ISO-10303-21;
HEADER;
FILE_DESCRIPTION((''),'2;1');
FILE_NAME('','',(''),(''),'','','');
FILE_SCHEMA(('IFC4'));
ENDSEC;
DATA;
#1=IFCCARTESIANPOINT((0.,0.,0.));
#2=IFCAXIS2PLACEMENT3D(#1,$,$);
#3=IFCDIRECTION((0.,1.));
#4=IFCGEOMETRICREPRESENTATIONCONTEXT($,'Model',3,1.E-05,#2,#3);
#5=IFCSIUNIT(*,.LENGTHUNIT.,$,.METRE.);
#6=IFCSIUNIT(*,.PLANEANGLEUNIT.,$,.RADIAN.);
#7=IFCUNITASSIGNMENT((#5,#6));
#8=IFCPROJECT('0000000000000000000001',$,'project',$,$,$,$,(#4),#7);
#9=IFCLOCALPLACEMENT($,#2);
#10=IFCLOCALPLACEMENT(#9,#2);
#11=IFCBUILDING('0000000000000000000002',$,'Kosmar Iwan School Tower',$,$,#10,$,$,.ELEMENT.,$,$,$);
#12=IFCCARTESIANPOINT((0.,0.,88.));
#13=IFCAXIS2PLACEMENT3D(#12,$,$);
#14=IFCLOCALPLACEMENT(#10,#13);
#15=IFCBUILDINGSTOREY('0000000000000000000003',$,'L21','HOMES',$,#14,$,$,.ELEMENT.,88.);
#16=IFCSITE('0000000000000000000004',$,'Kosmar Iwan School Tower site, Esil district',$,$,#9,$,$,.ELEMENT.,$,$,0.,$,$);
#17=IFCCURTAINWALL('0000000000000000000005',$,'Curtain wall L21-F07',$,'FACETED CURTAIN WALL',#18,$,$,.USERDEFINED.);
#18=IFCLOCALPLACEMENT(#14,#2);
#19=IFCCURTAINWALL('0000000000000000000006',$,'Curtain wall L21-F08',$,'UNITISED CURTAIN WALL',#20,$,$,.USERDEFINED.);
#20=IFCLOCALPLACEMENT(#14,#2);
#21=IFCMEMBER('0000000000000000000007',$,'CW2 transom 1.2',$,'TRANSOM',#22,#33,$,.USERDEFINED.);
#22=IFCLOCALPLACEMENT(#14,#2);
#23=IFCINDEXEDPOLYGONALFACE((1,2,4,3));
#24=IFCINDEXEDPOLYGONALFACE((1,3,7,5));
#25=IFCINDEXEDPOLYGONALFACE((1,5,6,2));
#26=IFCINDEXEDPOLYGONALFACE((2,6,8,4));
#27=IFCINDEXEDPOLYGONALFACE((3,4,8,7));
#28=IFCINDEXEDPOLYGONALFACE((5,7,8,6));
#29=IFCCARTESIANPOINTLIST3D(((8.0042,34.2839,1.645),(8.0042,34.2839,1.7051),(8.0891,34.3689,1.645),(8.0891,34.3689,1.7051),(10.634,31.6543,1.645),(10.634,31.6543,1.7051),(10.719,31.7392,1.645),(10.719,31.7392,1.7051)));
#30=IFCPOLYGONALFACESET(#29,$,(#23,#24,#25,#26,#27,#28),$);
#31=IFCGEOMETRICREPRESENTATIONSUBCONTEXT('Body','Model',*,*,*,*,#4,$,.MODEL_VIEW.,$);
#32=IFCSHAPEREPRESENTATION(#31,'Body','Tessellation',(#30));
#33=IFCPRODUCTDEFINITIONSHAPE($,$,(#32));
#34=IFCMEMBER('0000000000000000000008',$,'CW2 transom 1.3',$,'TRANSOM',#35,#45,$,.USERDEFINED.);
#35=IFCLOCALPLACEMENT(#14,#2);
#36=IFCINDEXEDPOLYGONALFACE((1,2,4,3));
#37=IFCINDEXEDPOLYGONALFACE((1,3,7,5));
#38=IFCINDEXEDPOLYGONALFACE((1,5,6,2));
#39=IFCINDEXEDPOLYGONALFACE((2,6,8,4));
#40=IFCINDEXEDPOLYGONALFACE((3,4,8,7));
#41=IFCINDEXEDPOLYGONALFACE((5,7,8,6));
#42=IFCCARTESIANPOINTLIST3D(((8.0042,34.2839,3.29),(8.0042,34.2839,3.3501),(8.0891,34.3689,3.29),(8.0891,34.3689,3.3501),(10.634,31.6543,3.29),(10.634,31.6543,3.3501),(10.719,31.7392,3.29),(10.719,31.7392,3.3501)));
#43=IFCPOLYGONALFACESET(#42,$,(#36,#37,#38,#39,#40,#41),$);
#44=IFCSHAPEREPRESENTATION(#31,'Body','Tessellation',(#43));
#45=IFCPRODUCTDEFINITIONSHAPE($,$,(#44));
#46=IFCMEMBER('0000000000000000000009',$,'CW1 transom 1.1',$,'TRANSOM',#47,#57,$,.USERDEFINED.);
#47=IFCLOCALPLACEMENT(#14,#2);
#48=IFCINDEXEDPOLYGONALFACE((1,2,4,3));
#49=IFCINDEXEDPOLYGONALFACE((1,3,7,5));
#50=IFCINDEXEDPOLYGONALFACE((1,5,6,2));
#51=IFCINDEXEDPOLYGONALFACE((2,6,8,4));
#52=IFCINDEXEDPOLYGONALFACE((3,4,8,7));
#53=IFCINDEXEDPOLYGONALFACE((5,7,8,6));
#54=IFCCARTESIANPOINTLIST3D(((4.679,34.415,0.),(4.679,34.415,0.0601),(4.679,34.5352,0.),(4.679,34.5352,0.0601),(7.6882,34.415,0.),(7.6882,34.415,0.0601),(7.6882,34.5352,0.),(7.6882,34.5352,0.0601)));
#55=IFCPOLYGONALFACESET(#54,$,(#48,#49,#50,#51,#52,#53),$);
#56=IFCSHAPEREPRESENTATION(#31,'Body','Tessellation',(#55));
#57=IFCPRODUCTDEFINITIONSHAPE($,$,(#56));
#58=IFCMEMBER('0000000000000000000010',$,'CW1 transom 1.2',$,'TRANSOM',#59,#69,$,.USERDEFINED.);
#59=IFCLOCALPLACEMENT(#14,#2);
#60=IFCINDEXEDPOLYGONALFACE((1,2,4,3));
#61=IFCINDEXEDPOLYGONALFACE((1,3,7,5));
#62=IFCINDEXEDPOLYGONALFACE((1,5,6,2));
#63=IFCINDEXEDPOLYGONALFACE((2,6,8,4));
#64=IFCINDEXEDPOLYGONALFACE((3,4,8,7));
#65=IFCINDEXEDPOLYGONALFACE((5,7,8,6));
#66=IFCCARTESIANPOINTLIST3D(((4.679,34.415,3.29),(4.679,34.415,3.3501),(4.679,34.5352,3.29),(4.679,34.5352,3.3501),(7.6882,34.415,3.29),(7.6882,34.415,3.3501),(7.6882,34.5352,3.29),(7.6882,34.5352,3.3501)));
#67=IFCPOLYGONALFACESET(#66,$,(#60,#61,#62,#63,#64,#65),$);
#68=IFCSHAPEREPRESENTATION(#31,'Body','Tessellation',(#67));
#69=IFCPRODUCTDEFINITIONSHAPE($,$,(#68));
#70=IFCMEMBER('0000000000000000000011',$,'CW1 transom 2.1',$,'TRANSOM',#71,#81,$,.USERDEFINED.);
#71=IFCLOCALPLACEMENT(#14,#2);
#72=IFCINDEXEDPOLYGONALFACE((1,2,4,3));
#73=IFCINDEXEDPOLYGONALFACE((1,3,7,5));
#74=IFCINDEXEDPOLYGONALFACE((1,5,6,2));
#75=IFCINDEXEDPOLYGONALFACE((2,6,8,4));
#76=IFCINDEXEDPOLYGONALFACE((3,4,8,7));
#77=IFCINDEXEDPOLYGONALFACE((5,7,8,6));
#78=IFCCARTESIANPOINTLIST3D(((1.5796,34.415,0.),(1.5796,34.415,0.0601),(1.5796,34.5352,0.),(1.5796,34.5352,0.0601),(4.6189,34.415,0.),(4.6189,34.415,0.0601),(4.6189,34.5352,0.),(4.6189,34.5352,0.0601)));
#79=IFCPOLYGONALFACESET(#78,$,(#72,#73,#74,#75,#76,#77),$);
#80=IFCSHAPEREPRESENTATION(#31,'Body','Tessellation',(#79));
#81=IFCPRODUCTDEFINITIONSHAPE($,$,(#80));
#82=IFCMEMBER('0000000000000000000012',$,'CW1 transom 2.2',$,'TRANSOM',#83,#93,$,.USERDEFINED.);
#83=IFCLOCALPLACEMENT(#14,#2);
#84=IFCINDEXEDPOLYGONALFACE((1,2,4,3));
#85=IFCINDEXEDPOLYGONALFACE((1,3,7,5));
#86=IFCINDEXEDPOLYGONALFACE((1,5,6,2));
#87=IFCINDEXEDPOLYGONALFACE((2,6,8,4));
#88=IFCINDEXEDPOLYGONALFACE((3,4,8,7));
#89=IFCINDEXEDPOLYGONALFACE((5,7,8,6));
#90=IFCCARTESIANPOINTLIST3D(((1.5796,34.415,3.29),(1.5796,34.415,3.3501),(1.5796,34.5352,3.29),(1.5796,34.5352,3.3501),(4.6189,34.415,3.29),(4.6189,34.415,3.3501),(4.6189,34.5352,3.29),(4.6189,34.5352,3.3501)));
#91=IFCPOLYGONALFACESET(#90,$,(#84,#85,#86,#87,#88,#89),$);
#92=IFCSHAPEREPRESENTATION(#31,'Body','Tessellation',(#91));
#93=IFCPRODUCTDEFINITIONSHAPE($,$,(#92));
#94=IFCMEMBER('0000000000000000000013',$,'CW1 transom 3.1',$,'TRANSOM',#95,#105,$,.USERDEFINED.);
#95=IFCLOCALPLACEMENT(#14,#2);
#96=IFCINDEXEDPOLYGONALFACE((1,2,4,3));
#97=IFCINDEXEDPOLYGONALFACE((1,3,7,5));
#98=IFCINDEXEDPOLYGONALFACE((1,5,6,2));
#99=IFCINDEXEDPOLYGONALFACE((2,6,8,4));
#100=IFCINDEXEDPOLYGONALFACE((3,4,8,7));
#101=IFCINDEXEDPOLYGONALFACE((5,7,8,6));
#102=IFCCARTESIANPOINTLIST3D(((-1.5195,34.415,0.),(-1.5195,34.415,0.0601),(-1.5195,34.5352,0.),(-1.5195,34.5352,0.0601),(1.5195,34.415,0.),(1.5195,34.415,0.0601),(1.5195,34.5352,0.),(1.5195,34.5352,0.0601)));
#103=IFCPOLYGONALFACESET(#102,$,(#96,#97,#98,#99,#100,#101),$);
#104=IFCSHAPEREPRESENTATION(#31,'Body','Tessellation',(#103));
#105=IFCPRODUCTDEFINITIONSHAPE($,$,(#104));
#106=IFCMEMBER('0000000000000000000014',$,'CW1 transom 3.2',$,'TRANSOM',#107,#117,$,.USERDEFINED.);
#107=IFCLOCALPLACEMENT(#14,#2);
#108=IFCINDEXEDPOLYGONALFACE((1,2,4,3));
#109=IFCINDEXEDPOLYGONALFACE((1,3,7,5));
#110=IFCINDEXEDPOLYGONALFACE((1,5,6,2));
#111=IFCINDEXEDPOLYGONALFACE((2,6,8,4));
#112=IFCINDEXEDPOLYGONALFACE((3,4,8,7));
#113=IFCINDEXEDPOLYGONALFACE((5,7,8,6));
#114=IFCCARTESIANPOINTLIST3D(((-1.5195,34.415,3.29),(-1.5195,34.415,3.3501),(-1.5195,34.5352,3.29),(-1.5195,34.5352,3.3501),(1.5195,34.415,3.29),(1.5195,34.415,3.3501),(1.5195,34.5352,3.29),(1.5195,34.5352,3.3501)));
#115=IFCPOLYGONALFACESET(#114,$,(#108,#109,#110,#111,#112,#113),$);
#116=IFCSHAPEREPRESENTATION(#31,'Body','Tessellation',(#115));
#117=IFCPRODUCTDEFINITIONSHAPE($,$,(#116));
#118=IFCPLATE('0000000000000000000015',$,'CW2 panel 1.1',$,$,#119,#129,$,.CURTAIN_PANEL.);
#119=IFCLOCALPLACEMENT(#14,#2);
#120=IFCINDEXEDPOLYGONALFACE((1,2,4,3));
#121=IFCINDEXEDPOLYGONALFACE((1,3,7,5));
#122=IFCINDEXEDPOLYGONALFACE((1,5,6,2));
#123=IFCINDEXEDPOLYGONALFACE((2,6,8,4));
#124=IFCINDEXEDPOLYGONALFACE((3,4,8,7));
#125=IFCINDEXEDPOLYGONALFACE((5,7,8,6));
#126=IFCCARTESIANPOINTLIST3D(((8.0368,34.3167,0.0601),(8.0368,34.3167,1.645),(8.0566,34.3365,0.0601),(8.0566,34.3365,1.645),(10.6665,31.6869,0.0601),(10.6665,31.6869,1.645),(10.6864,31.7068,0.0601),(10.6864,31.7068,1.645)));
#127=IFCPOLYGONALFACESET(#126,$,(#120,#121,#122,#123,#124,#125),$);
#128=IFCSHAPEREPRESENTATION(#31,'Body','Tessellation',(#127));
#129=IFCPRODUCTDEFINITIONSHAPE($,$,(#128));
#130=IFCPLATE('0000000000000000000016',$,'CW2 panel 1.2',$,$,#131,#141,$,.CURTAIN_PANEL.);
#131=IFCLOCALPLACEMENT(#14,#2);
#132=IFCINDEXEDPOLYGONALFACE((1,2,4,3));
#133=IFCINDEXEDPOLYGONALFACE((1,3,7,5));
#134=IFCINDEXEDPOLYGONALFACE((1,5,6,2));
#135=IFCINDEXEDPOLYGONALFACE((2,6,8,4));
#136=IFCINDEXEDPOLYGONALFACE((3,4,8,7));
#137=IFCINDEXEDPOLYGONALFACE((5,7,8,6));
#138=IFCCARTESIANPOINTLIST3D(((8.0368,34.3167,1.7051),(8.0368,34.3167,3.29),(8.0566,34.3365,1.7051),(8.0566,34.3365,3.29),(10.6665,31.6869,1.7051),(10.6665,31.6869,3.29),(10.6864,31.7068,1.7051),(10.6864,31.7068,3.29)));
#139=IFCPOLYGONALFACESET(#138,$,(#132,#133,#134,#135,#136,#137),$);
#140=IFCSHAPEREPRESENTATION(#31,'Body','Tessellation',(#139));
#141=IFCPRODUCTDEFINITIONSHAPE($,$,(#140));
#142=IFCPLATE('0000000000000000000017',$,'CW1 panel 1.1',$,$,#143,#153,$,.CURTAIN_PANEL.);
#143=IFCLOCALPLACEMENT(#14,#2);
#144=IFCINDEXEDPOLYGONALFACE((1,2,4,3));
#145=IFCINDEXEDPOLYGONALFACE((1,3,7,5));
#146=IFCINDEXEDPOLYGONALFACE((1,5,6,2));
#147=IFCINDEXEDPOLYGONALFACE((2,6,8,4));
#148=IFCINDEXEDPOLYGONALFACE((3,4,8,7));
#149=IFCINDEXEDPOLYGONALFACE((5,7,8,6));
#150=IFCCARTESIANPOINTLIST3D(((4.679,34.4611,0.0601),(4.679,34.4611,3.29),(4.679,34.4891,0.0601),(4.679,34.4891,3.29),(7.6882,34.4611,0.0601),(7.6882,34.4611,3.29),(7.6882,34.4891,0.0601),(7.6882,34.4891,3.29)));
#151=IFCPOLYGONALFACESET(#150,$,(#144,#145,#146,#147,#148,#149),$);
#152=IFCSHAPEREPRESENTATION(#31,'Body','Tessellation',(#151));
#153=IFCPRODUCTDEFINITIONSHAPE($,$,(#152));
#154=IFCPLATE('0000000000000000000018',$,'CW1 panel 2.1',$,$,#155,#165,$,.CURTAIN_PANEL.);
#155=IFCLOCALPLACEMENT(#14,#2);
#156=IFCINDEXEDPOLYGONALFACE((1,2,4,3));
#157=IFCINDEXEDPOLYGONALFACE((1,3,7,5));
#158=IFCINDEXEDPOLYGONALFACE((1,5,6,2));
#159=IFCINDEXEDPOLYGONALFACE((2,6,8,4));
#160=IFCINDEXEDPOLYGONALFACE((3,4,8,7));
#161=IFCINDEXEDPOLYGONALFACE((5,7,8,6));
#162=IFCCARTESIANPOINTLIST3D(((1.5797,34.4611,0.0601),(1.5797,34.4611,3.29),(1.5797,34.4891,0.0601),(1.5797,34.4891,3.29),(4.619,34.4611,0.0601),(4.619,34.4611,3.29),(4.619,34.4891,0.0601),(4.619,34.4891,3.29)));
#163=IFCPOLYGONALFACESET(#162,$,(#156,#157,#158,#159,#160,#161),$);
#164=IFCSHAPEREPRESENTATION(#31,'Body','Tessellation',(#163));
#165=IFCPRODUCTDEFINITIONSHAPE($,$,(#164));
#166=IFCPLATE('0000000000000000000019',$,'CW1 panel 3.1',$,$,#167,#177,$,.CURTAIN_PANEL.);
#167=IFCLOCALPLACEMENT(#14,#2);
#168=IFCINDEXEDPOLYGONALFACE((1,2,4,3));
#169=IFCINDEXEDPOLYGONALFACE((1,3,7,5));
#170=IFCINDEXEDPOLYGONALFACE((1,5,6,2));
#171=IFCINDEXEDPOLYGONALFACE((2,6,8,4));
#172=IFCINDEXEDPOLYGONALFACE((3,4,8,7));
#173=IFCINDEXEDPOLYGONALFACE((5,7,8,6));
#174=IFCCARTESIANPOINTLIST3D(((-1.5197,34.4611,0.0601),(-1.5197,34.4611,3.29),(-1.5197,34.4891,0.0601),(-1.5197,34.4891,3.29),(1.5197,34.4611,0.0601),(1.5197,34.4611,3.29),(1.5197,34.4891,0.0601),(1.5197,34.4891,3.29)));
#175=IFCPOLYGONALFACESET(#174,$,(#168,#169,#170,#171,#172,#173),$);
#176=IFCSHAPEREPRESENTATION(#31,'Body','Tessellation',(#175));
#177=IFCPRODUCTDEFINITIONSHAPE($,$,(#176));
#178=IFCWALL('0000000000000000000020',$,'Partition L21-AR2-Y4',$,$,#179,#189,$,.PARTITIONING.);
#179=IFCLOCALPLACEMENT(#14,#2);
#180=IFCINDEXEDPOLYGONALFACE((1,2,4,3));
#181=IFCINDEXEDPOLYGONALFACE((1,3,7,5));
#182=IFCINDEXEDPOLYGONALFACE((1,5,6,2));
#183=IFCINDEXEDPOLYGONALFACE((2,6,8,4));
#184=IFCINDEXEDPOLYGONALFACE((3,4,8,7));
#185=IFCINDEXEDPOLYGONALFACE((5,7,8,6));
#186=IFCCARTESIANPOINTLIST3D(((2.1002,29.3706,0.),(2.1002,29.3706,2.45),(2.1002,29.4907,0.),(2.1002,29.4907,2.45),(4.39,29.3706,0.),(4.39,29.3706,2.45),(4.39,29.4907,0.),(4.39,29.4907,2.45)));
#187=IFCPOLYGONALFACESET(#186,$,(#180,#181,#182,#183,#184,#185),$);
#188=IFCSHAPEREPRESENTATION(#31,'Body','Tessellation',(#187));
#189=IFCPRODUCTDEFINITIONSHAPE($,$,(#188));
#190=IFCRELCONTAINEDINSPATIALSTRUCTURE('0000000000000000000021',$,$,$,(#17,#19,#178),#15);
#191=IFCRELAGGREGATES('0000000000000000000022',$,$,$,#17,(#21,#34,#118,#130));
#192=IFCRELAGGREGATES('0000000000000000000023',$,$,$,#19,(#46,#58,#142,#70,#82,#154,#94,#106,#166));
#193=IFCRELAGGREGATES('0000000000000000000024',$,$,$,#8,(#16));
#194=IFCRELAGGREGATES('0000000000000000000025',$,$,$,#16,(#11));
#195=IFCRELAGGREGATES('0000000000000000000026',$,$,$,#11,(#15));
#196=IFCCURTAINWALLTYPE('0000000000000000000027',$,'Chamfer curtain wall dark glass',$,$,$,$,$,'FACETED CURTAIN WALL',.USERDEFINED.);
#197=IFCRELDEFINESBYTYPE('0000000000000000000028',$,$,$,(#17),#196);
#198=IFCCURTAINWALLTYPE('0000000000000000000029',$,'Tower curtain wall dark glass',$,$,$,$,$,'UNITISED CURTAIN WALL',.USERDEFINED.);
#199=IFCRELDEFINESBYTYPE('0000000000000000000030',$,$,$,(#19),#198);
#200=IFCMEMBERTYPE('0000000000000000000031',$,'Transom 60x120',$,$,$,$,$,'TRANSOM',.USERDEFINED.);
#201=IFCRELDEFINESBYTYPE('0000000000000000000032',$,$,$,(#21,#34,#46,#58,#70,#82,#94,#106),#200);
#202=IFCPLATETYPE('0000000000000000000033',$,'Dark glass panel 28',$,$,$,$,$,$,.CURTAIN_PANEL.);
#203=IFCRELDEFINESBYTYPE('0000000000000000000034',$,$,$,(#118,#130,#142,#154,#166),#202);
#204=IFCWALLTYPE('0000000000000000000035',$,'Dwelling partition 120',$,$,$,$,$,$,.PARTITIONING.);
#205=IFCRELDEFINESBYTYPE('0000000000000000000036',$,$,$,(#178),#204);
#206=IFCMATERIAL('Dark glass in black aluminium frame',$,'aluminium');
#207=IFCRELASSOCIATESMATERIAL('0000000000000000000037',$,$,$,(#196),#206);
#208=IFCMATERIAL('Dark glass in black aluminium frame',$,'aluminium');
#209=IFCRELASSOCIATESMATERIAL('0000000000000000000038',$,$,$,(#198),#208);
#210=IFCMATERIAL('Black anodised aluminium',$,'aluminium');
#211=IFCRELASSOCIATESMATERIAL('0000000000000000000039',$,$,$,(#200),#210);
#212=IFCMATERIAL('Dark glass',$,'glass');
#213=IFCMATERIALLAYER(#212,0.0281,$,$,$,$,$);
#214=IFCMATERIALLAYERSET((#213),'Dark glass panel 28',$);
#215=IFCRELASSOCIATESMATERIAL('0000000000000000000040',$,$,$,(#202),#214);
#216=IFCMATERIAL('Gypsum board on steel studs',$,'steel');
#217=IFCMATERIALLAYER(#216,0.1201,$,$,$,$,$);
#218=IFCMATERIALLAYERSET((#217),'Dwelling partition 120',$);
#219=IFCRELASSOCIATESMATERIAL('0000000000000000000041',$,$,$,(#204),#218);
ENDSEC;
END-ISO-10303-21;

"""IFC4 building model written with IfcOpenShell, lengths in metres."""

from ifc_helpers import new_model, si_unit, direction, frame, frame_2d, origin, origin_2d, place, context, subcontext, project, spatial, rectangle, extrude, material, layer, layer_set, material_profile, profile_set, type_object, element, aggregate, save


model = new_model("IFC4")

# Units and contexts
model_context = context("Model", 3, precision=1e-05, world=origin(), true_north=direction((0.0, 1.0)))
body_context = subcontext(model_context, "Body", "Model", "MODEL_VIEW")
ifc_project = project(units=[si_unit("LENGTHUNIT", "METRE"), si_unit("PLANEANGLEUNIT", "RADIAN")], contexts=[model_context])

# Site, building, storey
site_placement = place(None, origin())
site = spatial("IfcSite", under=ifc_project, at=site_placement, Name="Kosmar Iwan School Tower site, Esil district", CompositionType="ELEMENT", RefElevation=0.0)
building_placement = place(site_placement, origin())
building = spatial("IfcBuilding", under=site, at=building_placement, Name="Kosmar Iwan School Tower", CompositionType="ELEMENT")
storey_placement = place(building_placement, frame((0.0, 0.0, 88.0)))
storey = spatial("IfcBuildingStorey", under=building, at=storey_placement, Name="L21", Description="HOMES", CompositionType="ELEMENT", Elevation=88.0)

# Curtain walls
ifc_material_1 = material(Name="Dark glass in black aluminium frame", Category="aluminium")
curtain_wall_type_1 = type_object("IfcCurtainWallType", Name="Chamfer curtain wall dark glass", ElementType="FACETED CURTAIN WALL", PredefinedType="USERDEFINED", material=ifc_material_1)
curtain_wall_1_placement = place(storey_placement, origin())
curtain_wall_1 = element("IfcCurtainWall", 1, at=curtain_wall_1_placement, inside=storey, type_object=curtain_wall_type_1, Name="Curtain wall L21-F07", ObjectType="FACETED CURTAIN WALL", PredefinedType="USERDEFINED")
ifc_material_2 = material(Name="Dark glass in black aluminium frame", Category="aluminium")
curtain_wall_type_2 = type_object("IfcCurtainWallType", Name="Tower curtain wall dark glass", ElementType="UNITISED CURTAIN WALL", PredefinedType="USERDEFINED", material=ifc_material_2)
curtain_wall_2_placement = place(storey_placement, origin())
curtain_wall_2 = element("IfcCurtainWall", 2, at=curtain_wall_2_placement, inside=storey, type_object=curtain_wall_type_2, Name="Curtain wall L21-F08", ObjectType="UNITISED CURTAIN WALL", PredefinedType="USERDEFINED")

# Members
ifc_material_3 = material(Name="Black anodised aluminium", Category="aluminium")
ifc_material_profile_1 = material_profile(ifc_material_3, rectangle(XDim=0.1201, YDim=0.0601, at=origin_2d()), Name="TRANSOM 60x120")
ifc_profile_set_1 = profile_set([ifc_material_profile_1], Name="Black anodised aluminium")
member_type_1 = type_object("IfcMemberType", Name="Transom 60x120", ElementType="TRANSOM", PredefinedType="USERDEFINED", material=ifc_profile_set_1)
member_1_placement = place(storey_placement, frame((10.6765, 31.6968, 1.675), z_axis=(-0.70714, 0.707074, 0.0), x_axis=(-0.707074, -0.70714, 0.0)))
member_1 = element("IfcMember", 3, at=member_1_placement, type_object=member_type_1, Name="CW2 transom 1.2", ObjectType="TRANSOM", PredefinedType="USERDEFINED", context=body_context, shape_type="SweptSolid", body=[
    extrude(rectangle(XDim=0.1201, YDim=0.0601, at=origin_2d()), origin(), (0.0, 0.0, 1.0), 3.719),
])
member_2_placement = place(storey_placement, frame((10.6765, 31.6968, 3.3201), z_axis=(-0.70714, 0.707074, 0.0), x_axis=(-0.707074, -0.70714, 0.0)))
member_2 = element("IfcMember", 4, at=member_2_placement, type_object=member_type_1, Name="CW2 transom 1.3", ObjectType="TRANSOM", PredefinedType="USERDEFINED", context=body_context, shape_type="SweptSolid", body=[
    extrude(rectangle(XDim=0.1201, YDim=0.0601, at=origin_2d()), origin(), (0.0, 0.0, 1.0), 3.719),
])
member_3_placement = place(storey_placement, frame((7.6882, 34.4751, 0.03), z_axis=(-1.0, 0.0, 0.0), x_axis=(0.0, -1.0, 0.0)))
member_3 = element("IfcMember", 5, at=member_3_placement, type_object=member_type_1, Name="CW1 transom 1.1", ObjectType="TRANSOM", PredefinedType="USERDEFINED", context=body_context, shape_type="SweptSolid", body=[
    extrude(rectangle(XDim=0.1201, YDim=0.0601, at=origin_2d()), origin(), (0.0, 0.0, 1.0), 3.0093),
])
member_4_placement = place(storey_placement, frame((7.6882, 34.4751, 3.3201), z_axis=(-1.0, 0.0, 0.0), x_axis=(0.0, -1.0, 0.0)))
member_4 = element("IfcMember", 6, at=member_4_placement, type_object=member_type_1, Name="CW1 transom 1.2", ObjectType="TRANSOM", PredefinedType="USERDEFINED", context=body_context, shape_type="SweptSolid", body=[
    extrude(rectangle(XDim=0.1201, YDim=0.0601, at=origin_2d()), origin(), (0.0, 0.0, 1.0), 3.0093),
])
member_5_placement = place(storey_placement, frame((4.6189, 34.4751, 0.03), z_axis=(-1.0, 0.0, 0.0), x_axis=(0.0, -1.0, 0.0)))
member_5 = element("IfcMember", 7, at=member_5_placement, type_object=member_type_1, Name="CW1 transom 2.1", ObjectType="TRANSOM", PredefinedType="USERDEFINED", context=body_context, shape_type="SweptSolid", body=[
    extrude(rectangle(XDim=0.1201, YDim=0.0601, at=origin_2d()), origin(), (0.0, 0.0, 1.0), 3.0393),
])
member_6_placement = place(storey_placement, frame((4.6189, 34.4751, 3.3201), z_axis=(-1.0, 0.0, 0.0), x_axis=(0.0, -1.0, 0.0)))
member_6 = element("IfcMember", 8, at=member_6_placement, type_object=member_type_1, Name="CW1 transom 2.2", ObjectType="TRANSOM", PredefinedType="USERDEFINED", context=body_context, shape_type="SweptSolid", body=[
    extrude(rectangle(XDim=0.1201, YDim=0.0601, at=origin_2d()), origin(), (0.0, 0.0, 1.0), 3.0393),
])
member_7_placement = place(storey_placement, frame((1.5195, 34.4751, 0.03), z_axis=(-1.0, 0.0, 0.0), x_axis=(0.0, -1.0, 0.0)))
member_7 = element("IfcMember", 9, at=member_7_placement, type_object=member_type_1, Name="CW1 transom 3.1", ObjectType="TRANSOM", PredefinedType="USERDEFINED", context=body_context, shape_type="SweptSolid", body=[
    extrude(rectangle(XDim=0.1201, YDim=0.0601, at=origin_2d()), origin(), (0.0, 0.0, 1.0), 3.0391),
])
member_8_placement = place(storey_placement, frame((1.5195, 34.4751, 3.3201), z_axis=(-1.0, 0.0, 0.0), x_axis=(0.0, -1.0, 0.0)))
member_8 = element("IfcMember", 10, at=member_8_placement, type_object=member_type_1, Name="CW1 transom 3.2", ObjectType="TRANSOM", PredefinedType="USERDEFINED", context=body_context, shape_type="SweptSolid", body=[
    extrude(rectangle(XDim=0.1201, YDim=0.0601, at=origin_2d()), origin(), (0.0, 0.0, 1.0), 3.0391),
])

# Plates
ifc_material_4 = material(Name="Dark glass", Category="glass")
ifc_layer_1 = layer(ifc_material_4, 0.0281)
ifc_layer_set_1 = layer_set([ifc_layer_1], Name="Dark glass panel 28")
plate_type = type_object("IfcPlateType", Name="Dark glass panel 28", PredefinedType="CURTAIN_PANEL", material=ifc_layer_set_1)
plate_1_placement = place(storey_placement, frame((9.3616, 33.0117, 0.0601), z_axis=(0.0, 0.0, 1.0), x_axis=(-0.707107, 0.707107, 0.0)))
plate_1 = element("IfcPlate", 11, at=plate_1_placement, type_object=plate_type, Name="CW2 panel 1.1", PredefinedType="CURTAIN_PANEL", context=body_context, shape_type="SweptSolid", body=[
    extrude(rectangle(XDim=3.719, YDim=0.0281, at=origin_2d()), origin(), (0.0, 0.0, 1.0), 1.585),
])
plate_2_placement = place(storey_placement, frame((9.3616, 33.0117, 1.7051), z_axis=(0.0, 0.0, 1.0), x_axis=(-0.707107, 0.707107, 0.0)))
plate_2 = element("IfcPlate", 12, at=plate_2_placement, type_object=plate_type, Name="CW2 panel 1.2", PredefinedType="CURTAIN_PANEL", context=body_context, shape_type="SweptSolid", body=[
    extrude(rectangle(XDim=3.719, YDim=0.0281, at=origin_2d()), origin(), (0.0, 0.0, 1.0), 1.585),
])
aggregate(curtain_wall_1, [member_1, member_2, plate_1, plate_2])
plate_3_placement = place(storey_placement, frame((6.1836, 34.4751, 0.0601), z_axis=(0.0, 0.0, 1.0), x_axis=(-1.0, 0.0, 0.0)))
plate_3 = element("IfcPlate", 13, at=plate_3_placement, type_object=plate_type, Name="CW1 panel 1.1", PredefinedType="CURTAIN_PANEL", context=body_context, shape_type="SweptSolid", body=[
    extrude(rectangle(XDim=3.0093, YDim=0.0281, at=origin_2d()), origin(), (0.0, 0.0, 1.0), 3.23),
])
plate_4_placement = place(storey_placement, frame((3.0994, 34.4751, 0.0601), z_axis=(0.0, 0.0, 1.0), x_axis=(-1.0, 0.0, 0.0)))
plate_4 = element("IfcPlate", 14, at=plate_4_placement, type_object=plate_type, Name="CW1 panel 2.1", PredefinedType="CURTAIN_PANEL", context=body_context, shape_type="SweptSolid", body=[
    extrude(rectangle(XDim=3.0393, YDim=0.0281, at=origin_2d()), origin(), (0.0, 0.0, 1.0), 3.23),
])
plate_5_placement = place(storey_placement, frame((0.0, 34.4751, 0.0601), z_axis=(0.0, 0.0, 1.0), x_axis=(-1.0, 0.0, 0.0)))
plate_5 = element("IfcPlate", 15, at=plate_5_placement, type_object=plate_type, Name="CW1 panel 3.1", PredefinedType="CURTAIN_PANEL", context=body_context, shape_type="SweptSolid", body=[
    extrude(rectangle(XDim=3.0393, YDim=0.0281, at=origin_2d()), origin(), (0.0, 0.0, 1.0), 3.23),
])
aggregate(curtain_wall_2, [member_3, member_4, plate_3, member_5, member_6, plate_4, member_7, member_8, plate_5])

# Wall
ifc_material_5 = material(Name="Gypsum board on steel studs", Category="steel")
ifc_layer_2 = layer(ifc_material_5, 0.1201)
ifc_layer_set_2 = layer_set([ifc_layer_2], Name="Dwelling partition 120")
wall_type = type_object("IfcWallType", Name="Dwelling partition 120", PredefinedType="PARTITIONING", material=ifc_layer_set_2)
wall_placement = place(storey_placement, frame((2.1001, 29.4307, 0.0), z_axis=(0.0, 0.0, 1.0), x_axis=(1.0, 0.0, 0.0)))
element("IfcWall", 16, at=wall_placement, inside=storey, type_object=wall_type, Name="Partition L21-AR2-Y4", PredefinedType="PARTITIONING", context=body_context, shape_type="SweptSolid", body=[
    extrude(rectangle(XDim=2.2898, YDim=0.1201, at=frame_2d((1.145, 0.0))), origin(), (0.0, 0.0, 1.0), 2.45),
])

save(model, "model.ifc")
